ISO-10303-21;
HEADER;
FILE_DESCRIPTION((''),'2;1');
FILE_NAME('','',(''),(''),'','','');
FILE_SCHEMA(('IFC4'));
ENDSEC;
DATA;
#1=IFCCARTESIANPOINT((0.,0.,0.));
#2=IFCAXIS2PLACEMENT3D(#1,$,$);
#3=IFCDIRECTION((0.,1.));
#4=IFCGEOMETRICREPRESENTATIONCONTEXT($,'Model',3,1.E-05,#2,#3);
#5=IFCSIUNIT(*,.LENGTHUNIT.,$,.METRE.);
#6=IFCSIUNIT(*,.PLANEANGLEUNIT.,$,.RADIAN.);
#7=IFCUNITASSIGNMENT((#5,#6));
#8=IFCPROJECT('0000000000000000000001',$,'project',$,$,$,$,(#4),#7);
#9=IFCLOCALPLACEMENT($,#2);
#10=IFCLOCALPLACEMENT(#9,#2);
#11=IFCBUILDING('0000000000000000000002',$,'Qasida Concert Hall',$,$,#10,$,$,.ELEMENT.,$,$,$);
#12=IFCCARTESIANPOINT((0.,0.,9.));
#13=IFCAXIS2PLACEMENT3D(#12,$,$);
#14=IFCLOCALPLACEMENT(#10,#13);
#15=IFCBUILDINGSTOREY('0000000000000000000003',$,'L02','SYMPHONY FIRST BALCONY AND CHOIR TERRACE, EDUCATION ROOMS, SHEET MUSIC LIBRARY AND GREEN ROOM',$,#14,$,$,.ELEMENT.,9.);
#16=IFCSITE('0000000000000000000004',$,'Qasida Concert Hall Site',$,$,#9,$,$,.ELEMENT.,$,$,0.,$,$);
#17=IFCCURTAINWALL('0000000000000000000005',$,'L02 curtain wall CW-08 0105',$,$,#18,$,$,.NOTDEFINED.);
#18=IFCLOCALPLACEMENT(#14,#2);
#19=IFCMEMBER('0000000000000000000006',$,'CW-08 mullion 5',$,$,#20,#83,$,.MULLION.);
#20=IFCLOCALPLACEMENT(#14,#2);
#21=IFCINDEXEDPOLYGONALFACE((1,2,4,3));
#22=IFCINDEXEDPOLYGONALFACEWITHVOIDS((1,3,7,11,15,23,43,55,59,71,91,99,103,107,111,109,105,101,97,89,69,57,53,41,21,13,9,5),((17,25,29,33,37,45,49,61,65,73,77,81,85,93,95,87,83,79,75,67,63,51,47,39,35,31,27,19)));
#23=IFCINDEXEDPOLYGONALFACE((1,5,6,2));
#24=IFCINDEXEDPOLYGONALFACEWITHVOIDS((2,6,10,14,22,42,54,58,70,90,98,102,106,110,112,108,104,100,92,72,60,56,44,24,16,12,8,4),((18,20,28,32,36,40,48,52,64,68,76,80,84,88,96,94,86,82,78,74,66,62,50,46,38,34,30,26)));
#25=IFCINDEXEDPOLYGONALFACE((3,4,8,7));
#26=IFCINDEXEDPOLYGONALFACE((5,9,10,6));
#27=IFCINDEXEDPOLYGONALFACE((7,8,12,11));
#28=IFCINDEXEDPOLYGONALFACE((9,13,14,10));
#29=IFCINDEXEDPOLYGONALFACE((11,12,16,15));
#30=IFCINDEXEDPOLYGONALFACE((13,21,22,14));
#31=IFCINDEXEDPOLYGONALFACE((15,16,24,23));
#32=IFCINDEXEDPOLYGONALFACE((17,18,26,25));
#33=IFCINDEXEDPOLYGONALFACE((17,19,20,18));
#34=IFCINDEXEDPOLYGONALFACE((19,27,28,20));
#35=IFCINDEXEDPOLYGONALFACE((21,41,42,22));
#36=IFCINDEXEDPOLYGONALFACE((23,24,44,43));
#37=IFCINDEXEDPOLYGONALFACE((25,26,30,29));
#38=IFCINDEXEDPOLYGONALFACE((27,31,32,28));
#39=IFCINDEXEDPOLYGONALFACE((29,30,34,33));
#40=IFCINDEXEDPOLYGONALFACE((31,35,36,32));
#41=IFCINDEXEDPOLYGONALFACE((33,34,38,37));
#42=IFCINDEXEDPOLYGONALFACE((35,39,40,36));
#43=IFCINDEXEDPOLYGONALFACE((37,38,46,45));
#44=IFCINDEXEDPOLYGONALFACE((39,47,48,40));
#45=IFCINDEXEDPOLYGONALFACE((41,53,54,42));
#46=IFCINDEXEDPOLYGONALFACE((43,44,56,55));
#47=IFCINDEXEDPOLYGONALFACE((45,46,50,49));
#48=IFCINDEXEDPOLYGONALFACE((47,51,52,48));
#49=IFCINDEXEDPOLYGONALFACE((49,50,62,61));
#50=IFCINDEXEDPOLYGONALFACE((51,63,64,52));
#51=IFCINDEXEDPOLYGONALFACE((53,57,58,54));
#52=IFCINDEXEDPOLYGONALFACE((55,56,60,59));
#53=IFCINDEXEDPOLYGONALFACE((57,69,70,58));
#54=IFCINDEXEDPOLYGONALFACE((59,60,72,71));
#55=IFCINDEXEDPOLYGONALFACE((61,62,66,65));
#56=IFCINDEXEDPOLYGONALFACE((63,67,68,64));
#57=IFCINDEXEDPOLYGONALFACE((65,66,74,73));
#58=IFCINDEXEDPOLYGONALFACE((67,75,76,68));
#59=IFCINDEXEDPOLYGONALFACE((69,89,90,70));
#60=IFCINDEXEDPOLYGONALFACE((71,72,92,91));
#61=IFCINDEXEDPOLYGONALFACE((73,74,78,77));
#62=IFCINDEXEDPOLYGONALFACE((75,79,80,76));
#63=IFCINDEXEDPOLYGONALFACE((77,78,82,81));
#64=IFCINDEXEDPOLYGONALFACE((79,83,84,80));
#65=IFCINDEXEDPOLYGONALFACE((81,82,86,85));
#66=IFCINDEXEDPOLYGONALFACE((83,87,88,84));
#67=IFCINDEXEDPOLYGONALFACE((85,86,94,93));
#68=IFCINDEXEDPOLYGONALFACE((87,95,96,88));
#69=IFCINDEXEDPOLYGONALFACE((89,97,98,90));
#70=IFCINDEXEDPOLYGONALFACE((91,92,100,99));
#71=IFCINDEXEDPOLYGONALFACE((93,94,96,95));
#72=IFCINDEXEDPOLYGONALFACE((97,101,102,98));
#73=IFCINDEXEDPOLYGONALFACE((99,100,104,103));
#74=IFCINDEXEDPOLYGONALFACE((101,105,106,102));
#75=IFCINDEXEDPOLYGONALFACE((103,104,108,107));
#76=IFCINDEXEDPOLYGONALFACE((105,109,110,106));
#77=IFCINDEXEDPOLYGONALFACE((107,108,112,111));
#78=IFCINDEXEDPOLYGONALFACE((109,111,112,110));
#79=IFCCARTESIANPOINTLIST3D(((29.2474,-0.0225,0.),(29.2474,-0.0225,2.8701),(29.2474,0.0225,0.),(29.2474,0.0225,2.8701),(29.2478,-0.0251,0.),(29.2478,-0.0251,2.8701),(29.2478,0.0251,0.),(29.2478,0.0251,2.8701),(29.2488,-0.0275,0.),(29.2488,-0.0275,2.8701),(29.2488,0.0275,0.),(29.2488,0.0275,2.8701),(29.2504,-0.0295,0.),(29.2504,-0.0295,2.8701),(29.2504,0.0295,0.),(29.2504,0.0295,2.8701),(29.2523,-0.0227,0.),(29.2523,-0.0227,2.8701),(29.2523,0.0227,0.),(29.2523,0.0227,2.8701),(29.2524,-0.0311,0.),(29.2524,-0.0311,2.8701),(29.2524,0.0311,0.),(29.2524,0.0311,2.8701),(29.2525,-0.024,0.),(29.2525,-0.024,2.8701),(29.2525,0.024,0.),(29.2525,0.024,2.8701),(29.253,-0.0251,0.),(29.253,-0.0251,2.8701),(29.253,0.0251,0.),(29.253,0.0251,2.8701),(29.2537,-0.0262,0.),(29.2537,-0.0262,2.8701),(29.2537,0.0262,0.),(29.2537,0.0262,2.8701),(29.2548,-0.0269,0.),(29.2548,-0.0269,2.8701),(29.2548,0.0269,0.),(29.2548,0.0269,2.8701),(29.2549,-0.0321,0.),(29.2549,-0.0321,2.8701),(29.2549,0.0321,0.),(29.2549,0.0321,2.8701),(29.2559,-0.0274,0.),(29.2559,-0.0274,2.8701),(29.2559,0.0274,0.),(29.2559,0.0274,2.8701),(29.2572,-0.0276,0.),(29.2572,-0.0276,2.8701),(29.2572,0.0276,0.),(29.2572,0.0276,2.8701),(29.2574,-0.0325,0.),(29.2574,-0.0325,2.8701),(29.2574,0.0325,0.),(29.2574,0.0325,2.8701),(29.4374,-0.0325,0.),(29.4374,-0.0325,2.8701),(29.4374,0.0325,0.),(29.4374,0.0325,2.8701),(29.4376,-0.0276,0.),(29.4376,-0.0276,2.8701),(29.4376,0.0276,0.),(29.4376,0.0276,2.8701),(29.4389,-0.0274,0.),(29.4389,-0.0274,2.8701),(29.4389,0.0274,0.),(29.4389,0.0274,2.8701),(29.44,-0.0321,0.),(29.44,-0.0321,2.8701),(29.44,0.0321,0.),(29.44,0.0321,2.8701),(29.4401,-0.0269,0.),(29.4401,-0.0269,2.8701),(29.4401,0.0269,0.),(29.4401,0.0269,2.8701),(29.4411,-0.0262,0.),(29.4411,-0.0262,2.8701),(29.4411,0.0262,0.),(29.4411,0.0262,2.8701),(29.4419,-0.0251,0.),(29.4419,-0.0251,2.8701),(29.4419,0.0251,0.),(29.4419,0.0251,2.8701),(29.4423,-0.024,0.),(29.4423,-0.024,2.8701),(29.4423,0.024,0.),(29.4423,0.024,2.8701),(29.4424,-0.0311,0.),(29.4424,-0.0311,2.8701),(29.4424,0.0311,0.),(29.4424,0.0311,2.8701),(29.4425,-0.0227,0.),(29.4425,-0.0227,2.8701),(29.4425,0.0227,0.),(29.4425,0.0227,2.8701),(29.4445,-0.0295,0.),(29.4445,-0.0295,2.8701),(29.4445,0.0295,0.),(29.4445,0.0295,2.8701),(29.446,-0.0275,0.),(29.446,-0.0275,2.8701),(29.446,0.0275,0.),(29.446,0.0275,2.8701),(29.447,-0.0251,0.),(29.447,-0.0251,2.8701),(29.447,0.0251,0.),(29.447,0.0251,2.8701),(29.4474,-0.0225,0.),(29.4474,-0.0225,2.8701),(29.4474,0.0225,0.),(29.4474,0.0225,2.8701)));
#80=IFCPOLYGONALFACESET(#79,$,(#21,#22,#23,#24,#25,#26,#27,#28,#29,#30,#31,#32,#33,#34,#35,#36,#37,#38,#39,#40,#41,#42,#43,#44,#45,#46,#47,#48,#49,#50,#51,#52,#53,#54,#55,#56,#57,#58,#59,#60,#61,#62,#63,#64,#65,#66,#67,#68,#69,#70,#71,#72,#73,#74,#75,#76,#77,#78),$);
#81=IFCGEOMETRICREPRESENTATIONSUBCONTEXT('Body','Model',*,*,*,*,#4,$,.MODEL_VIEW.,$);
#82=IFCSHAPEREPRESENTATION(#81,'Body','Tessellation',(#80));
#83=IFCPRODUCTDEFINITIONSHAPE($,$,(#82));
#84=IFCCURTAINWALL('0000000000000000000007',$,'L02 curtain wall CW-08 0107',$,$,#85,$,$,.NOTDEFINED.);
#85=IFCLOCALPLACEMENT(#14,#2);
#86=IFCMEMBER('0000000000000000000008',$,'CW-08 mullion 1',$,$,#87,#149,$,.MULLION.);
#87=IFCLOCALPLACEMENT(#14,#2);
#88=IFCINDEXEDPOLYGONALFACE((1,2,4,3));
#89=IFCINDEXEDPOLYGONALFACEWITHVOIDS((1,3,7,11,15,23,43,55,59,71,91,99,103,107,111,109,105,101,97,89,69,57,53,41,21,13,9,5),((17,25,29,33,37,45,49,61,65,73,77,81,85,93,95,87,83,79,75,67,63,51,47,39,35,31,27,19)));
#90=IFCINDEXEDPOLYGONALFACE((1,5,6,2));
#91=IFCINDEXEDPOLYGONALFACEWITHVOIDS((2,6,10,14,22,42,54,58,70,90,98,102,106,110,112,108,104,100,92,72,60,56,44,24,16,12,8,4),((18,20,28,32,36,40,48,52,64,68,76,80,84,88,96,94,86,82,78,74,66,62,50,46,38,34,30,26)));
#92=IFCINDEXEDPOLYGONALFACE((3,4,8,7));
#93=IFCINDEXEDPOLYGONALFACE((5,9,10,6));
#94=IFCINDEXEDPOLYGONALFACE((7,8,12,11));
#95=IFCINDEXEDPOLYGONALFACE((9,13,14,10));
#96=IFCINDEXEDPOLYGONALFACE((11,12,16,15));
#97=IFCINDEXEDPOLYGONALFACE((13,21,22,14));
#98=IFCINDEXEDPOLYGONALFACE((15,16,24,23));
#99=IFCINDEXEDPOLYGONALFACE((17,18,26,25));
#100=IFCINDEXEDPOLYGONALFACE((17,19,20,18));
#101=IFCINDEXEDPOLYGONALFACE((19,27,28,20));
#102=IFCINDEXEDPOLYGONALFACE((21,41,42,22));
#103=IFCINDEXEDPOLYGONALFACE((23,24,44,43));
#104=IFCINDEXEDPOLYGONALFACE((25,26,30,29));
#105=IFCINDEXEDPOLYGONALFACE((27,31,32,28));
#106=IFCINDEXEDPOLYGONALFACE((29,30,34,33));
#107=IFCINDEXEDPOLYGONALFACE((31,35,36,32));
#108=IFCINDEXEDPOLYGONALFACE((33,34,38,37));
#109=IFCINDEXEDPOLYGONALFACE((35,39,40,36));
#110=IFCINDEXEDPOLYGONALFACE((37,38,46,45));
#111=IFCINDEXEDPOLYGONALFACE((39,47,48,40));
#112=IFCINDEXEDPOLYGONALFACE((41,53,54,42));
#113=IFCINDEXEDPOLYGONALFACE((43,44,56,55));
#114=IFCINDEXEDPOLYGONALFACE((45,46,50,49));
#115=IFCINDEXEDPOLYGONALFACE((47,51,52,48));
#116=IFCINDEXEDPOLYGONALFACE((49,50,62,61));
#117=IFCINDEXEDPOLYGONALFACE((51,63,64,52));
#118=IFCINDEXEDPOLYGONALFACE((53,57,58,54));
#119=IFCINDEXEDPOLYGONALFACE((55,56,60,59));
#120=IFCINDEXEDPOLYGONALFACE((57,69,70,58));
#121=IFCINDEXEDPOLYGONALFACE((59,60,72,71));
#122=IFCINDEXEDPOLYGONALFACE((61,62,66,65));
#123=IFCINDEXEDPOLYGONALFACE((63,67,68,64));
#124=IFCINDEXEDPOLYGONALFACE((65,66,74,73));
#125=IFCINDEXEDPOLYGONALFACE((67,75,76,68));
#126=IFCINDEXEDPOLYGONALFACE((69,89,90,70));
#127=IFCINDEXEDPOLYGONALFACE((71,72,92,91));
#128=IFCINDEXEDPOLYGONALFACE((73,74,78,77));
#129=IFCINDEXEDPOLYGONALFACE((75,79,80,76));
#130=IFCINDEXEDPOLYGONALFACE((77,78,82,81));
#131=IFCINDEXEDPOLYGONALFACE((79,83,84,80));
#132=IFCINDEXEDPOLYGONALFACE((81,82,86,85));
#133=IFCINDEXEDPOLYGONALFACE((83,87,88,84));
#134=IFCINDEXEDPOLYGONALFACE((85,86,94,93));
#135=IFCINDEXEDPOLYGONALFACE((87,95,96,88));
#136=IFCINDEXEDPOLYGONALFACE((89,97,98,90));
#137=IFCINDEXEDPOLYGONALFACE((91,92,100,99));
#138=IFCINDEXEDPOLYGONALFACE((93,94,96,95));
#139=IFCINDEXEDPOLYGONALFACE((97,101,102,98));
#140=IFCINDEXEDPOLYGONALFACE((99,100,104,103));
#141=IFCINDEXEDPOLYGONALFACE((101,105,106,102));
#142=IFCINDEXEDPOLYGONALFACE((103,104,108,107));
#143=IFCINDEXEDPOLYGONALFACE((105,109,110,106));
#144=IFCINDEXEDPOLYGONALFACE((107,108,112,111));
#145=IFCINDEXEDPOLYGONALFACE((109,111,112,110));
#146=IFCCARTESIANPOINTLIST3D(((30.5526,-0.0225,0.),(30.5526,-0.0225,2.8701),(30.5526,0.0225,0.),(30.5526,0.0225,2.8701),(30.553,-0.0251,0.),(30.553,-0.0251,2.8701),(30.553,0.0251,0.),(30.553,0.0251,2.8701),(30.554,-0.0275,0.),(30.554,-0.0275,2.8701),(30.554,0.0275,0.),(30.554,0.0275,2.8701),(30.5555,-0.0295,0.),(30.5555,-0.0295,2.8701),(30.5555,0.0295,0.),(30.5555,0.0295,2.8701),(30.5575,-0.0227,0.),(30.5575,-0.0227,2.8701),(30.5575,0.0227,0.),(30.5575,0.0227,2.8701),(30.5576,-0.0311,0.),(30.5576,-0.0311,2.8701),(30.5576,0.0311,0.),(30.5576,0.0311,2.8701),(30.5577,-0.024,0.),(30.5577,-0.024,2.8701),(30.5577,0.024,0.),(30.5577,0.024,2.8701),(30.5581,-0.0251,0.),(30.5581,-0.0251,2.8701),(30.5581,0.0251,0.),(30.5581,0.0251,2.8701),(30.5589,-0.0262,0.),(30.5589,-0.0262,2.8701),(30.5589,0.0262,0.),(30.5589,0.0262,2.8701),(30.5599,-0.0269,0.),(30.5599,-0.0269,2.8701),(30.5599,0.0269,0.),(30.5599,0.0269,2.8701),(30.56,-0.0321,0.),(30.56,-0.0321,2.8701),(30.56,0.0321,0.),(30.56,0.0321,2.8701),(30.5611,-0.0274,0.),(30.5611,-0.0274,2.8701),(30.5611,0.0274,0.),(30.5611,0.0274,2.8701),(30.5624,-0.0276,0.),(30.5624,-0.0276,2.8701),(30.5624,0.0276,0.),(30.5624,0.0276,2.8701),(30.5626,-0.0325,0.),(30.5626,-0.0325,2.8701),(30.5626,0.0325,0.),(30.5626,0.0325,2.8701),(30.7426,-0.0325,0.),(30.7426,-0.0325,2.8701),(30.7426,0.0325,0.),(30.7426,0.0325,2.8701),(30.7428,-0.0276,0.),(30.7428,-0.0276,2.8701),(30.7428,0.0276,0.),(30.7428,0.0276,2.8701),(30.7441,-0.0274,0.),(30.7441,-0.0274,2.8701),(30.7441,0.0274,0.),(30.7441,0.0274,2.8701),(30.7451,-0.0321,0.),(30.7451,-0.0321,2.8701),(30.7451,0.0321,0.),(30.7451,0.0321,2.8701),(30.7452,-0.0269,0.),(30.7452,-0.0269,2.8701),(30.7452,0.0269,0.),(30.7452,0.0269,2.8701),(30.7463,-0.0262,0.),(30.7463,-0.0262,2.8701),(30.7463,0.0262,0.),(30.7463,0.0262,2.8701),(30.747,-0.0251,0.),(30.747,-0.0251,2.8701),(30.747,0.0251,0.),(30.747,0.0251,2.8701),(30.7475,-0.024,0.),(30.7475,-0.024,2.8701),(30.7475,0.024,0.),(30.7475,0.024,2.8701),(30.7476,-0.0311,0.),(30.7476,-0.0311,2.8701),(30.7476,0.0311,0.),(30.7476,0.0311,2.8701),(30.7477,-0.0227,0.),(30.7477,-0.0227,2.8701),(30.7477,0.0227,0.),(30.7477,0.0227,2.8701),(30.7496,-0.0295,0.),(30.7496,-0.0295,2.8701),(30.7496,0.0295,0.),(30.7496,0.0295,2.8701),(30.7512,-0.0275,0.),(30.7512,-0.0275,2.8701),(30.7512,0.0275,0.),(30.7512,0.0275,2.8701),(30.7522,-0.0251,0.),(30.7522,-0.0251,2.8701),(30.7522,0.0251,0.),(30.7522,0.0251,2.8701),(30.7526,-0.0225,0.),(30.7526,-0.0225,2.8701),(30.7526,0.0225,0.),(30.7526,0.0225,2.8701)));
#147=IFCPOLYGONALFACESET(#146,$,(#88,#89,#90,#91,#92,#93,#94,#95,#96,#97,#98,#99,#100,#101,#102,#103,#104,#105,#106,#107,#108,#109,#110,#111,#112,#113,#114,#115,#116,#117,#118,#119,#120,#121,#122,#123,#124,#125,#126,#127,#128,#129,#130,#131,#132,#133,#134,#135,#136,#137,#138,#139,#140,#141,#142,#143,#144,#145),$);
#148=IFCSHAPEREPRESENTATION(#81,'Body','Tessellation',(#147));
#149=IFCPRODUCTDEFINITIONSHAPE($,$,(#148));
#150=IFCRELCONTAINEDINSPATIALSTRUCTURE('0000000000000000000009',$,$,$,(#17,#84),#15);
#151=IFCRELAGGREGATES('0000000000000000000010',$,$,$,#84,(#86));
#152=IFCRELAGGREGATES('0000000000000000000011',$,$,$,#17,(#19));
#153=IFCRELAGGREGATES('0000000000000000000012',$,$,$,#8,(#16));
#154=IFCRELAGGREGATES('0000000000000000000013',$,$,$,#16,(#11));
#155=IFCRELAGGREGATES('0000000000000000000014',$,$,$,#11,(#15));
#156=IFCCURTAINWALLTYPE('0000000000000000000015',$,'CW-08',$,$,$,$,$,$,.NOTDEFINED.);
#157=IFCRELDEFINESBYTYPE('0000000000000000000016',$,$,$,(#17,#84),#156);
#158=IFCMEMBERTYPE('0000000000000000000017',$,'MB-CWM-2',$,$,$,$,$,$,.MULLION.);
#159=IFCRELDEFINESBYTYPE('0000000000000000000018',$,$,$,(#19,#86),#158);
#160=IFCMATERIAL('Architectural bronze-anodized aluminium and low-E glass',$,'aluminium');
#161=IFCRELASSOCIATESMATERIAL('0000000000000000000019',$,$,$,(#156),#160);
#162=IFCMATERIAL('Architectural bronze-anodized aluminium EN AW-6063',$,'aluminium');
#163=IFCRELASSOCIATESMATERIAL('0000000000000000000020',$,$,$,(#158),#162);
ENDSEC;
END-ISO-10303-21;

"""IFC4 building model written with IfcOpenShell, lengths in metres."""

from ifc_helpers import new_model, si_unit, direction, frame, origin, origin_2d, place, context, subcontext, project, spatial, hollow_rectangle, extrude, material, material_profile, profile_set, type_object, element, aggregate, save


model = new_model("IFC4")

# Units and contexts
model_context = context("Model", 3, precision=1e-05, world=origin(), true_north=direction((0.0, 1.0)))
body_context = subcontext(model_context, "Body", "Model", "MODEL_VIEW")
ifc_project = project(units=[si_unit("LENGTHUNIT", "METRE"), si_unit("PLANEANGLEUNIT", "RADIAN")], contexts=[model_context])

# Site, building, storey
site_placement = place(None, origin())
site = spatial("IfcSite", under=ifc_project, at=site_placement, Name="Qasida Concert Hall Site", CompositionType="ELEMENT", RefElevation=0.0)
building_placement = place(site_placement, origin())
building = spatial("IfcBuilding", under=site, at=building_placement, Name="Qasida Concert Hall", CompositionType="ELEMENT")
storey_placement = place(building_placement, frame((0.0, 0.0, 9.0)))
storey = spatial("IfcBuildingStorey", under=building, at=storey_placement, Name="L02", Description="SYMPHONY FIRST BALCONY AND CHOIR TERRACE, EDUCATION ROOMS, SHEET MUSIC LIBRARY AND GREEN ROOM", CompositionType="ELEMENT", Elevation=9.0)

# Curtain wall, member
ifc_material_1 = material(Name="Architectural bronze-anodized aluminium and low-E glass", Category="aluminium")
curtain_wall_type = type_object("IfcCurtainWallType", Name="CW-08", PredefinedType="NOTDEFINED", material=ifc_material_1)
curtain_wall_1_placement = place(storey_placement, origin())
curtain_wall_1 = element("IfcCurtainWall", 1, at=curtain_wall_1_placement, inside=storey, type_object=curtain_wall_type, Name="L02 curtain wall CW-08 0105", PredefinedType="NOTDEFINED")
ifc_material_2 = material(Name="Architectural bronze-anodized aluminium EN AW-6063", Category="aluminium")
ifc_material_profile_1 = material_profile(ifc_material_2, hollow_rectangle(XDim=0.0649, YDim=0.2, WallThickness=0.0049, InnerFilletRadius=0.0049, OuterFilletRadius=0.01, at=origin_2d()), Name="CWM 200x65x5")
ifc_profile_set_1 = profile_set([ifc_material_profile_1], Name="Architectural bronze-anodized aluminium EN AW-6063")
member_type_1 = type_object("IfcMemberType", Name="MB-CWM-2", PredefinedType="MULLION", material=ifc_profile_set_1)
member_1_placement = place(storey_placement, frame((29.3474, 0.0, 0.0), z_axis=(0.0, 0.0, 1.0), x_axis=(0.0, 1.0, 0.0)))
member_1 = element("IfcMember", 2, at=member_1_placement, type_object=member_type_1, Name="CW-08 mullion 5", PredefinedType="MULLION", context=body_context, shape_type="SweptSolid", body=[
    extrude(hollow_rectangle(XDim=0.0649, YDim=0.2, WallThickness=0.0049, InnerFilletRadius=0.0049, OuterFilletRadius=0.01, at=origin_2d()), origin(), (0.0, 0.0, 1.0), 2.8701),
])

# Curtain wall, member
curtain_wall_2_placement = place(storey_placement, origin())
curtain_wall_2 = element("IfcCurtainWall", 3, at=curtain_wall_2_placement, inside=storey, type_object=curtain_wall_type, Name="L02 curtain wall CW-08 0107", PredefinedType="NOTDEFINED")
member_2_placement = place(storey_placement, frame((30.6526, 0.0, 0.0), z_axis=(0.0, 0.0, 1.0), x_axis=(0.0, 1.0, 0.0)))
member_2 = element("IfcMember", 4, at=member_2_placement, type_object=member_type_1, Name="CW-08 mullion 1", PredefinedType="MULLION", context=body_context, shape_type="SweptSolid", body=[
    extrude(hollow_rectangle(XDim=0.0649, YDim=0.2, WallThickness=0.0049, InnerFilletRadius=0.0049, OuterFilletRadius=0.01, at=origin_2d()), origin(), (0.0, 0.0, 1.0), 2.8701),
])
aggregate(curtain_wall_2, [member_2])

aggregate(curtain_wall_1, [member_1])

save(model, "model.ifc")
